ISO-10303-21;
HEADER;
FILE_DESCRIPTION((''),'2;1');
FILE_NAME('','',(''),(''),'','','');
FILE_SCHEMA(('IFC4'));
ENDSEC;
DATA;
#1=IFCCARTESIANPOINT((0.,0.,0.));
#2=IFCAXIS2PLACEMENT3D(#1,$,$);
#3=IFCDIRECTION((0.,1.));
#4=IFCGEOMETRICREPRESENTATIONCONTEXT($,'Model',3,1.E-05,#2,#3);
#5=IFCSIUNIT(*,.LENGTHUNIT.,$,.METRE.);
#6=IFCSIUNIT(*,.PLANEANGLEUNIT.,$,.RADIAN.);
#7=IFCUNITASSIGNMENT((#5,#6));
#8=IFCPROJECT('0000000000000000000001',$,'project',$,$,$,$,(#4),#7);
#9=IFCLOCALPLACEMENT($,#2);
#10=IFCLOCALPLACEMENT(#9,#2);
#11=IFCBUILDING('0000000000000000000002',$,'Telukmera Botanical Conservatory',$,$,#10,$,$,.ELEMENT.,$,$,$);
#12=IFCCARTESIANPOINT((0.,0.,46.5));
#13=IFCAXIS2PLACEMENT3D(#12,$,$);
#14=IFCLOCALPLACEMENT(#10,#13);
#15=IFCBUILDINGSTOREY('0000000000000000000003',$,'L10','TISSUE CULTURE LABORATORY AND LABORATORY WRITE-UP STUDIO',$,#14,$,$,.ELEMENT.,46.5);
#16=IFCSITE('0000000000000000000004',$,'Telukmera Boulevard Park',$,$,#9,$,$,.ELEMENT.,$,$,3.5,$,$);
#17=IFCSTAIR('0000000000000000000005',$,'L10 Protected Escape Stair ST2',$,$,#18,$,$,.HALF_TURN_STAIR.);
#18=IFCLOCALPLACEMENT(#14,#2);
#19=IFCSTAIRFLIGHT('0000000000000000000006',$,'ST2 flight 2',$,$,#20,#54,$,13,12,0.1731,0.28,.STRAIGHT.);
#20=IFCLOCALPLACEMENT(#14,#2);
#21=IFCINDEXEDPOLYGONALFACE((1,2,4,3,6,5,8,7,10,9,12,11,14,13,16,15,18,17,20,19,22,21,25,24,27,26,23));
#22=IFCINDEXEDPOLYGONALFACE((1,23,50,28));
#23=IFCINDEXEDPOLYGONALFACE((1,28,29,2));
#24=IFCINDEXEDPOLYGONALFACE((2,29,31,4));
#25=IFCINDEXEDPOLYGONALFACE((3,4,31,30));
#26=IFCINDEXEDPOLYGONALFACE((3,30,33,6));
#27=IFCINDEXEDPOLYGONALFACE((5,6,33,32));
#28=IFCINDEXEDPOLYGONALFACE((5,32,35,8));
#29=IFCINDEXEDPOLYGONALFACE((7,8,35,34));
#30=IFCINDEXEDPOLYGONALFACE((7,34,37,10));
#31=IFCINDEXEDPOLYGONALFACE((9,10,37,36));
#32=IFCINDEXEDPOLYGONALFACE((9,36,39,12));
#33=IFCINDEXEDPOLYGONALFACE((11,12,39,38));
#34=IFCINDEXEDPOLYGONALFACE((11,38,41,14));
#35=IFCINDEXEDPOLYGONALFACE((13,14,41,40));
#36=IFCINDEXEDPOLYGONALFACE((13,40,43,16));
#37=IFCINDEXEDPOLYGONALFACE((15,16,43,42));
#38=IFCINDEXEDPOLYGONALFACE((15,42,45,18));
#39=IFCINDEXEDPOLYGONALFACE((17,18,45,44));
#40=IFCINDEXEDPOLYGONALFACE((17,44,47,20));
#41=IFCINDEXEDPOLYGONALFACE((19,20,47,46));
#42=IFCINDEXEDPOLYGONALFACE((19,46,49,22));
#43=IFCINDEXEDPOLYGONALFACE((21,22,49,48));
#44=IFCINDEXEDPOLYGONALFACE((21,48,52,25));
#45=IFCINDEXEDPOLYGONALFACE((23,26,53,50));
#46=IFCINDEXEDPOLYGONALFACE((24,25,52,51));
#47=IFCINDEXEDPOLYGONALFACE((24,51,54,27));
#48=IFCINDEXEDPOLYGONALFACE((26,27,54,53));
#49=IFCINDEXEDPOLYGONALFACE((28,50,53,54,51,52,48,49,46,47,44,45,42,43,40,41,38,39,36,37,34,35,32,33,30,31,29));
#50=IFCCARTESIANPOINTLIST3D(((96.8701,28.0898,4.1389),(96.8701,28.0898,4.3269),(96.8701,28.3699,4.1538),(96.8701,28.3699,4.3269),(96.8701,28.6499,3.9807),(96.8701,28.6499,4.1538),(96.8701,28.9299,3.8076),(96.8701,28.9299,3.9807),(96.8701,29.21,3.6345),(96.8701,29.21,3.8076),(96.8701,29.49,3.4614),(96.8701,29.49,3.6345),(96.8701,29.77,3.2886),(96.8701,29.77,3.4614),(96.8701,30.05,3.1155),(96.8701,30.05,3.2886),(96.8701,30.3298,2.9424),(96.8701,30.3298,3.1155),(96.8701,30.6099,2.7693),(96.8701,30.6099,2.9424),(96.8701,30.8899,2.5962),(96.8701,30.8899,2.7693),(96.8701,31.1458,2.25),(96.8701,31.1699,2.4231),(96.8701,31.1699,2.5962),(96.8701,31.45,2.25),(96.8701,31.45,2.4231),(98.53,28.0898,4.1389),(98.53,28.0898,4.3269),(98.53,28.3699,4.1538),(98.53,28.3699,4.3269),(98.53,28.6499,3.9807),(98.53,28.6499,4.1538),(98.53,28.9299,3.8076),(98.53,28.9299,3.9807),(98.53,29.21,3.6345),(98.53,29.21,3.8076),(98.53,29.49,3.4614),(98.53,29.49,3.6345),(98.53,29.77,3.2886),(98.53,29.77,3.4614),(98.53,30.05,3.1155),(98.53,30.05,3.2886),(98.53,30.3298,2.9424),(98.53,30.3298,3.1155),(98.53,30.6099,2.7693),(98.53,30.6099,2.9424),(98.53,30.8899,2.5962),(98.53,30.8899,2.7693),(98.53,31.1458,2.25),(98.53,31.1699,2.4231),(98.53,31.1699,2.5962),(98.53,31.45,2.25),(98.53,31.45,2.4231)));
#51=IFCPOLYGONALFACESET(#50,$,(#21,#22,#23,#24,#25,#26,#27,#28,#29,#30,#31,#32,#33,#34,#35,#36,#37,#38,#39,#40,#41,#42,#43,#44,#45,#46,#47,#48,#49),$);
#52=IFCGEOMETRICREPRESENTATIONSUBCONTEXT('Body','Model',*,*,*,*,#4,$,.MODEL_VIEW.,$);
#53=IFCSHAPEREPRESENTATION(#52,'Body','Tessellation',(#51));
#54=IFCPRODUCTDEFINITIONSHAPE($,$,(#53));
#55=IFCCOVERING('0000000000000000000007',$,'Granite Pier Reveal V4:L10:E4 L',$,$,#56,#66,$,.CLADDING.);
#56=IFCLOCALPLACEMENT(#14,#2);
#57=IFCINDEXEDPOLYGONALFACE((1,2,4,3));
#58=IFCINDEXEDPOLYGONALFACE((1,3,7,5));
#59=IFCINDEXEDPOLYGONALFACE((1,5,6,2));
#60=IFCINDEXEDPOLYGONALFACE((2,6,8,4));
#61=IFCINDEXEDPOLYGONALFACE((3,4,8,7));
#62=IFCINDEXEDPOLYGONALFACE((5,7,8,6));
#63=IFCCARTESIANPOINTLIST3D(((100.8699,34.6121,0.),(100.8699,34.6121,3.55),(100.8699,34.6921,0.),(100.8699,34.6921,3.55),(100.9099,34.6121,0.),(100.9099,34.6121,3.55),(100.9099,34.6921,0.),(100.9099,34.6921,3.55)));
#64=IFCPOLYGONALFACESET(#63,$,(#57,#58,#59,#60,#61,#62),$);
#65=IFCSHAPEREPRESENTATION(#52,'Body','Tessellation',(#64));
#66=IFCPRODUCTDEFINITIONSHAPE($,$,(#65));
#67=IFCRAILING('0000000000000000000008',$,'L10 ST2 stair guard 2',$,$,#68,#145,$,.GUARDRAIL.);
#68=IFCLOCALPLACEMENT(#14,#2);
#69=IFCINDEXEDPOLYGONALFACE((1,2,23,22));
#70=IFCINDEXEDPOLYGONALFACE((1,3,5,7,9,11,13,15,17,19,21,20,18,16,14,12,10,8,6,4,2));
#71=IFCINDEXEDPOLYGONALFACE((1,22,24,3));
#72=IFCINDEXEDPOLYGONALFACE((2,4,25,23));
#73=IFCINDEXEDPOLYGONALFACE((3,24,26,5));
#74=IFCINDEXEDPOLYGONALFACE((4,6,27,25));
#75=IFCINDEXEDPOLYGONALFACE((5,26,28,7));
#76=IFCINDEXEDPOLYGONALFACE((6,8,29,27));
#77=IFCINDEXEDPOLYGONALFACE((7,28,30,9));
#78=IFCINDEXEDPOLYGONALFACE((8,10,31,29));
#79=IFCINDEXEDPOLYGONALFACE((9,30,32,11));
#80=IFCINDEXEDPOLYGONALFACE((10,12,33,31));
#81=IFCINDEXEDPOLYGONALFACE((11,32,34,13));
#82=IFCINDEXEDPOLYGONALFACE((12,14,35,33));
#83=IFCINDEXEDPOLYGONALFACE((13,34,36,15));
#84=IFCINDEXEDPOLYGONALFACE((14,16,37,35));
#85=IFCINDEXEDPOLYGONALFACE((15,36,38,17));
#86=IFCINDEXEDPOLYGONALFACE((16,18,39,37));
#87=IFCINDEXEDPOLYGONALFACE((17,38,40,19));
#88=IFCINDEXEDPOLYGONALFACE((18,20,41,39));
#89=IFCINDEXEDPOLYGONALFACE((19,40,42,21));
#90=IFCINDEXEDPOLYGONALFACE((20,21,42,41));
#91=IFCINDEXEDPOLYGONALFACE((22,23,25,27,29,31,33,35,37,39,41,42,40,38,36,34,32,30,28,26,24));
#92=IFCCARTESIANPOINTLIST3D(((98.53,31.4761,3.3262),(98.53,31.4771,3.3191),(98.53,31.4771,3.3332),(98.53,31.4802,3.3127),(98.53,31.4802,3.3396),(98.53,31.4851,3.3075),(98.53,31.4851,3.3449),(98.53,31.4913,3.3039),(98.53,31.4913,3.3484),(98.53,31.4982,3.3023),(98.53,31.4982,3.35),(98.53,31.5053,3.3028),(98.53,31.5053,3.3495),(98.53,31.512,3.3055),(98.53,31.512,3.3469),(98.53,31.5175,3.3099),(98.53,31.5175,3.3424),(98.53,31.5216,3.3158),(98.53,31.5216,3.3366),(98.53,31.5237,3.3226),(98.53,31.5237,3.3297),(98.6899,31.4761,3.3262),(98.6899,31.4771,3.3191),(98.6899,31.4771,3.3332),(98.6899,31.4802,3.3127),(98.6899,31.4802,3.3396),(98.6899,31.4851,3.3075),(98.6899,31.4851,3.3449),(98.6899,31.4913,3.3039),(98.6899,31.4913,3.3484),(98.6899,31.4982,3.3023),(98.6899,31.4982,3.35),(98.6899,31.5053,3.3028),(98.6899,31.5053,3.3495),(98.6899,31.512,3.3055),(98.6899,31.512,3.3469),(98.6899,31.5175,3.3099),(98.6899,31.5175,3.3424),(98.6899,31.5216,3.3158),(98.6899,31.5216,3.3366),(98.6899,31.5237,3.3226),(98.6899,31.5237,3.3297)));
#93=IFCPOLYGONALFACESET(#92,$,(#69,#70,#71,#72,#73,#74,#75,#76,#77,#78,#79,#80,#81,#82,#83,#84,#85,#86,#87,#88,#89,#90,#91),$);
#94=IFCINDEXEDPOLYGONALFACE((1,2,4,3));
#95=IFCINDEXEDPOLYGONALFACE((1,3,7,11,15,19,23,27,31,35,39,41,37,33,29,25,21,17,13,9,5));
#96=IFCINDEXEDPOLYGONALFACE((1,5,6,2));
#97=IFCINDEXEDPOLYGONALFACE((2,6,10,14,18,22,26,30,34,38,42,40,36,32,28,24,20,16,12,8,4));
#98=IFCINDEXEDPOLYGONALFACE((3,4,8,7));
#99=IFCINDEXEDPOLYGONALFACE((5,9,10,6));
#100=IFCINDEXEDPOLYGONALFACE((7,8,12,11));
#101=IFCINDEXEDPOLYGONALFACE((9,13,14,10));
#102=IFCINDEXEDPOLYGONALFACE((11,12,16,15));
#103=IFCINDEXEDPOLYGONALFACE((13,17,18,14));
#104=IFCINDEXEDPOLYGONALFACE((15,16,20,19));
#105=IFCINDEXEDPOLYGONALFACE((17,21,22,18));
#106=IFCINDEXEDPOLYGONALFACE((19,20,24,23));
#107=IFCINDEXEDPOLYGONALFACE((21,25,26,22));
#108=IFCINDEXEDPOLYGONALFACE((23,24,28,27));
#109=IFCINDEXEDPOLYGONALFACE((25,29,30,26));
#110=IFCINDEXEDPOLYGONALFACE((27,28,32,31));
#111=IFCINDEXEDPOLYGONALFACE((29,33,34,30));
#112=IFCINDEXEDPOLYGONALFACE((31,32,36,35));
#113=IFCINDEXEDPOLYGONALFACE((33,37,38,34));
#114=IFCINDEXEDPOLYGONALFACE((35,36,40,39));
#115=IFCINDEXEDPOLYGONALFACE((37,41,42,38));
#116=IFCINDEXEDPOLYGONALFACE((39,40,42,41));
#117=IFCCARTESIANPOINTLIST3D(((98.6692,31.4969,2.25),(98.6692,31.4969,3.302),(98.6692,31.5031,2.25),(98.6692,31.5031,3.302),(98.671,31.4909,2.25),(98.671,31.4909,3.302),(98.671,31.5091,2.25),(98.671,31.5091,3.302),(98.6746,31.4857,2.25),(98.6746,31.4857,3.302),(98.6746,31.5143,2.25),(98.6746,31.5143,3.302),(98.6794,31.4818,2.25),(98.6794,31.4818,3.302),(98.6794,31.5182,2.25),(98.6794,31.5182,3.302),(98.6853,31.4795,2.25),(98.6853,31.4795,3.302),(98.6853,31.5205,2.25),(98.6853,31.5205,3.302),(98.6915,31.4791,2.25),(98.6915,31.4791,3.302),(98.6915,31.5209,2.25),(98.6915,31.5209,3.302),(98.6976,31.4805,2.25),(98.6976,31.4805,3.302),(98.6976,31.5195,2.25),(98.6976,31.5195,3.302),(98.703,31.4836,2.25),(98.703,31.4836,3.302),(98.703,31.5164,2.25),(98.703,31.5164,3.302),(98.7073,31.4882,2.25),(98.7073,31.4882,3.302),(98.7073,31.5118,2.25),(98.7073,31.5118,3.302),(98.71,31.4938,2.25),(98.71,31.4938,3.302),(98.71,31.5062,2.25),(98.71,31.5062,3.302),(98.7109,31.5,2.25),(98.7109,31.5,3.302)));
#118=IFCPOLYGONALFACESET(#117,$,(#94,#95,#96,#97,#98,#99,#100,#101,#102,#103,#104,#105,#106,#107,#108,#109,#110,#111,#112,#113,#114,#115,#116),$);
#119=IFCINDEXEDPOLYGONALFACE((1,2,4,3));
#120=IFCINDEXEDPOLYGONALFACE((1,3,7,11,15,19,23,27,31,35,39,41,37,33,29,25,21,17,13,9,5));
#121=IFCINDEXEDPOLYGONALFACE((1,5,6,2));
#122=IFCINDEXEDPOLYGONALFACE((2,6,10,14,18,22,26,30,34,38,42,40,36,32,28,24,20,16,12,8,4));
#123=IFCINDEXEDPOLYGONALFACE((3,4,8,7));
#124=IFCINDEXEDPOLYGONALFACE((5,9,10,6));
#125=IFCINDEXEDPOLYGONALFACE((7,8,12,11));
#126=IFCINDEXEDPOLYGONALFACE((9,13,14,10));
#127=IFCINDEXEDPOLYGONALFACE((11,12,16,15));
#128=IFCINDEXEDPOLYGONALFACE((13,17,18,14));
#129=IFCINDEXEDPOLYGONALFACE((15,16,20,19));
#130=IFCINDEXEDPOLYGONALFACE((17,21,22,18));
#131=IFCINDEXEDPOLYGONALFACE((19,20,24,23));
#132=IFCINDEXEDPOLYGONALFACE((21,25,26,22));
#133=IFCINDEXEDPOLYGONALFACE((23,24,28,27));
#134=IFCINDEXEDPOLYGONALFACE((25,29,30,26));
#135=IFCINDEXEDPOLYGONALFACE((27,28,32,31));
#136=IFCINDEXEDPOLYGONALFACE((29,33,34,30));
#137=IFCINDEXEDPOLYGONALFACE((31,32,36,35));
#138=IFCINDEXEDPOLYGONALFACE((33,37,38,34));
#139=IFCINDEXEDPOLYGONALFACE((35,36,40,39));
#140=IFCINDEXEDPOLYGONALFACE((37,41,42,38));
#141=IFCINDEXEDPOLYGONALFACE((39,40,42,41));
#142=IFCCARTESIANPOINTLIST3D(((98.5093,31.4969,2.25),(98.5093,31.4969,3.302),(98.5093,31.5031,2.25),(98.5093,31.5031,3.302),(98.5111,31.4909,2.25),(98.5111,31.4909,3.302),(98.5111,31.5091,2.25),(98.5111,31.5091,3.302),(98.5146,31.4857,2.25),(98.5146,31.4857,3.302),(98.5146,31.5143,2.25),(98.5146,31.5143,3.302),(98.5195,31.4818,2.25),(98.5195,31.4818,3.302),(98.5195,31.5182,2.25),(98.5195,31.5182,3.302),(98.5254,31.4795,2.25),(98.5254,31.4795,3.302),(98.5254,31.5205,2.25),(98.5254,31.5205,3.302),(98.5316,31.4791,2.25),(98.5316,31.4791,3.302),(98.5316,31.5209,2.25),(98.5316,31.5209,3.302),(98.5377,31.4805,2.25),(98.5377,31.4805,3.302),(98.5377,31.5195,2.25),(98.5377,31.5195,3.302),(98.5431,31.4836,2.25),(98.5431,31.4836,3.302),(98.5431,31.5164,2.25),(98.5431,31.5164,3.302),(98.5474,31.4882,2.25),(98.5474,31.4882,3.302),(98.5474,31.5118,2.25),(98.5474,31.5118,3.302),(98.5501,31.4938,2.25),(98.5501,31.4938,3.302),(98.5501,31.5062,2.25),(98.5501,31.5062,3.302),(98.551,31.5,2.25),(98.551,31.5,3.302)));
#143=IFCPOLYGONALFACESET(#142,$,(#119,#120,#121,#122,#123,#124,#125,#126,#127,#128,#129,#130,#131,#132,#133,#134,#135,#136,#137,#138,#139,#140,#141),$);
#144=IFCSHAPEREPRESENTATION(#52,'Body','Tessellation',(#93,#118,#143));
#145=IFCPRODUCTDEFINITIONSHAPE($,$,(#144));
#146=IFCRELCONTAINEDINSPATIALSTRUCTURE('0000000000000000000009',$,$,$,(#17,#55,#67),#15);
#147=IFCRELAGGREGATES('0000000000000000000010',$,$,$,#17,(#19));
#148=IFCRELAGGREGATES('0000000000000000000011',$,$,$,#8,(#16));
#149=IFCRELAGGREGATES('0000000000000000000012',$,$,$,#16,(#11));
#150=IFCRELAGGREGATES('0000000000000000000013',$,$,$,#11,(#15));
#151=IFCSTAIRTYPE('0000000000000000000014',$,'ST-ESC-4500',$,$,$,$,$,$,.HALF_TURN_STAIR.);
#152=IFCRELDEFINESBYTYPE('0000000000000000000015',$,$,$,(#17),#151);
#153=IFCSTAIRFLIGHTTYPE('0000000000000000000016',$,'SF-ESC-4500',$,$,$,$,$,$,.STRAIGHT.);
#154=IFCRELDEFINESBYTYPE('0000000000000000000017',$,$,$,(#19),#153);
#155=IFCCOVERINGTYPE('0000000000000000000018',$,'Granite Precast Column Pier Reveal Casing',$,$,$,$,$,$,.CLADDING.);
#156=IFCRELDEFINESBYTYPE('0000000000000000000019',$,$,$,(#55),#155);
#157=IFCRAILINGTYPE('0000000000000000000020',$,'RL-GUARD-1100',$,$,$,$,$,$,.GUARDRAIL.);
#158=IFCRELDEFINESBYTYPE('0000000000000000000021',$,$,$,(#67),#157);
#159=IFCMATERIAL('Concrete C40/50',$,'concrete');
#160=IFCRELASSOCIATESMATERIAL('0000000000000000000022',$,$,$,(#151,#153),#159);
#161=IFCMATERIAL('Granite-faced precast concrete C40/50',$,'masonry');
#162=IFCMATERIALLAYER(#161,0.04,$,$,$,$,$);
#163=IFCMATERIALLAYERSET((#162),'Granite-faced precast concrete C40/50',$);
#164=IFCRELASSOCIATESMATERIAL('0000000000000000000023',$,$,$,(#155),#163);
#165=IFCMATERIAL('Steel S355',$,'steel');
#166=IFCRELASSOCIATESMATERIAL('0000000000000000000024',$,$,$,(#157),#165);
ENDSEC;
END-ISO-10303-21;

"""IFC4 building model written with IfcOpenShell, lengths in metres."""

from ifc_helpers import new_model, si_unit, direction, frame, origin, origin_2d, place, context, subcontext, project, spatial, polyline, rectangle, circle, outline, extrude, material, layer, layer_set, type_object, element, aggregate, save


model = new_model("IFC4")

# Units and contexts
model_context = context("Model", 3, precision=1e-05, world=origin(), true_north=direction((0.0, 1.0)))
body_context = subcontext(model_context, "Body", "Model", "MODEL_VIEW")
ifc_project = project(units=[si_unit("LENGTHUNIT", "METRE"), si_unit("PLANEANGLEUNIT", "RADIAN")], contexts=[model_context])

# Site, building, storey
site_placement = place(None, origin())
site = spatial("IfcSite", under=ifc_project, at=site_placement, Name="Telukmera Boulevard Park", CompositionType="ELEMENT", RefElevation=3.5)
building_placement = place(site_placement, origin())
building = spatial("IfcBuilding", under=site, at=building_placement, Name="Telukmera Botanical Conservatory", CompositionType="ELEMENT")
storey_placement = place(building_placement, frame((0.0, 0.0, 46.5)))
storey = spatial("IfcBuildingStorey", under=building, at=storey_placement, Name="L10", Description="TISSUE CULTURE LABORATORY AND LABORATORY WRITE-UP STUDIO", CompositionType="ELEMENT", Elevation=46.5)

# Shared definitions
ifc_material_1 = material(Name="Concrete C40/50", Category="concrete")

# Stair, stair flight
stair_type = type_object("IfcStairType", Name="ST-ESC-4500", PredefinedType="HALF_TURN_STAIR", material=ifc_material_1)
stair_placement = place(storey_placement, origin())
stair = element("IfcStair", 1, at=stair_placement, inside=storey, type_object=stair_type, Name="L10 Protected Escape Stair ST2", PredefinedType="HALF_TURN_STAIR")
stair_flight_type = type_object("IfcStairFlightType", Name="SF-ESC-4500", PredefinedType="STRAIGHT", material=ifc_material_1)
stair_flight_placement = place(storey_placement, frame((97.7, 31.45, 2.25), z_axis=(0.0, 0.0, 1.0), x_axis=(0.0, -1.0, 0.0)))
stair_flight = element("IfcStairFlight", 2, at=stair_flight_placement, type_object=stair_flight_type, Name="ST2 flight 2", NumberOfRisers=13, NumberOfTreads=12, PredefinedType="STRAIGHT", RiserHeight=0.1731, TreadLength=0.28, context=body_context, shape_type="SweptSolid", body=[
    extrude(outline(polyline([(0.0, 0.0), (0.0, 0.1731), (0.28, 0.1731), (0.28, 0.3462), (0.5601, 0.3462), (0.5601, 0.5193), (0.8401, 0.5193), (0.8401, 0.6924), (1.1201, 0.6924), (1.1201, 0.8655), (1.3999, 0.8655), (1.3999, 1.0386), (1.6799, 1.0386), (1.6799, 1.2114), (1.96, 1.2114), (1.96, 1.3845), (2.24, 1.3845), (2.24, 1.5576), (2.52, 1.5576), (2.52, 1.7307), (2.8, 1.7307), (2.8, 1.9038), (3.0801, 1.9038), (3.0801, 2.0769), (3.3601, 2.0769), (3.3601, 2.25), (3.3601, 1.8889), (0.3042, 0.0), (0.0, 0.0)])), frame((0.0, 0.8301, 0.0), z_axis=(0.0, -1.0, 0.0), x_axis=(1.0, 0.0, 0.0)), (0.0, 0.0, 1.0), 1.6599),
])
aggregate(stair, [stair_flight])

# Covering
ifc_material_2 = material(Name="Granite-faced precast concrete C40/50", Category="masonry")
ifc_layer_1 = layer(ifc_material_2, 0.04)
ifc_layer_set_1 = layer_set([ifc_layer_1], Name="Granite-faced precast concrete C40/50")
covering_type = type_object("IfcCoveringType", Name="Granite Precast Column Pier Reveal Casing", PredefinedType="CLADDING", material=ifc_layer_set_1)
covering_placement = place(storey_placement, frame((100.8899, 34.6521, 0.0), z_axis=(0.0, 0.0, 1.0), x_axis=(0.0, 1.0, 0.0)))
element("IfcCovering", 3, at=covering_placement, inside=storey, type_object=covering_type, Name="Granite Pier Reveal V4:L10:E4 L", PredefinedType="CLADDING", context=body_context, shape_type="SweptSolid", body=[
    extrude(rectangle(XDim=0.0801, YDim=0.04, at=origin_2d()), origin(), (0.0, 0.0, 1.0), 3.55),
])

# Railing
ifc_material_3 = material(Name="Steel S355", Category="steel")
railing_type = type_object("IfcRailingType", Name="RL-GUARD-1100", PredefinedType="GUARDRAIL", material=ifc_material_3)
railing_1_placement = place(storey_placement, frame((98.6899, 31.5, 2.25)))
element("IfcRailing", 4, at=railing_1_placement, inside=storey, type_object=railing_type, Name="L10 ST2 stair guard 2", PredefinedType="GUARDRAIL", context=body_context, shape_type="SweptSolid", body=[
    extrude(circle(Radius=0.0239, at=origin_2d()), frame((0.0, 0.0, 1.0762), z_axis=(-1.0, 0.0, 0.0), x_axis=(0.0, -1.0, 0.0)), (0.0, 0.0, 1.0), 0.1599),
    extrude(circle(Radius=0.021, at=origin_2d()), origin(), (0.0, 0.0, 1.0), 1.052),
    extrude(circle(Radius=0.021, at=origin_2d()), frame((-0.1599, 0.0, 0.0)), (0.0, 0.0, 1.0), 1.052),
])

save(model, "model.ifc")
